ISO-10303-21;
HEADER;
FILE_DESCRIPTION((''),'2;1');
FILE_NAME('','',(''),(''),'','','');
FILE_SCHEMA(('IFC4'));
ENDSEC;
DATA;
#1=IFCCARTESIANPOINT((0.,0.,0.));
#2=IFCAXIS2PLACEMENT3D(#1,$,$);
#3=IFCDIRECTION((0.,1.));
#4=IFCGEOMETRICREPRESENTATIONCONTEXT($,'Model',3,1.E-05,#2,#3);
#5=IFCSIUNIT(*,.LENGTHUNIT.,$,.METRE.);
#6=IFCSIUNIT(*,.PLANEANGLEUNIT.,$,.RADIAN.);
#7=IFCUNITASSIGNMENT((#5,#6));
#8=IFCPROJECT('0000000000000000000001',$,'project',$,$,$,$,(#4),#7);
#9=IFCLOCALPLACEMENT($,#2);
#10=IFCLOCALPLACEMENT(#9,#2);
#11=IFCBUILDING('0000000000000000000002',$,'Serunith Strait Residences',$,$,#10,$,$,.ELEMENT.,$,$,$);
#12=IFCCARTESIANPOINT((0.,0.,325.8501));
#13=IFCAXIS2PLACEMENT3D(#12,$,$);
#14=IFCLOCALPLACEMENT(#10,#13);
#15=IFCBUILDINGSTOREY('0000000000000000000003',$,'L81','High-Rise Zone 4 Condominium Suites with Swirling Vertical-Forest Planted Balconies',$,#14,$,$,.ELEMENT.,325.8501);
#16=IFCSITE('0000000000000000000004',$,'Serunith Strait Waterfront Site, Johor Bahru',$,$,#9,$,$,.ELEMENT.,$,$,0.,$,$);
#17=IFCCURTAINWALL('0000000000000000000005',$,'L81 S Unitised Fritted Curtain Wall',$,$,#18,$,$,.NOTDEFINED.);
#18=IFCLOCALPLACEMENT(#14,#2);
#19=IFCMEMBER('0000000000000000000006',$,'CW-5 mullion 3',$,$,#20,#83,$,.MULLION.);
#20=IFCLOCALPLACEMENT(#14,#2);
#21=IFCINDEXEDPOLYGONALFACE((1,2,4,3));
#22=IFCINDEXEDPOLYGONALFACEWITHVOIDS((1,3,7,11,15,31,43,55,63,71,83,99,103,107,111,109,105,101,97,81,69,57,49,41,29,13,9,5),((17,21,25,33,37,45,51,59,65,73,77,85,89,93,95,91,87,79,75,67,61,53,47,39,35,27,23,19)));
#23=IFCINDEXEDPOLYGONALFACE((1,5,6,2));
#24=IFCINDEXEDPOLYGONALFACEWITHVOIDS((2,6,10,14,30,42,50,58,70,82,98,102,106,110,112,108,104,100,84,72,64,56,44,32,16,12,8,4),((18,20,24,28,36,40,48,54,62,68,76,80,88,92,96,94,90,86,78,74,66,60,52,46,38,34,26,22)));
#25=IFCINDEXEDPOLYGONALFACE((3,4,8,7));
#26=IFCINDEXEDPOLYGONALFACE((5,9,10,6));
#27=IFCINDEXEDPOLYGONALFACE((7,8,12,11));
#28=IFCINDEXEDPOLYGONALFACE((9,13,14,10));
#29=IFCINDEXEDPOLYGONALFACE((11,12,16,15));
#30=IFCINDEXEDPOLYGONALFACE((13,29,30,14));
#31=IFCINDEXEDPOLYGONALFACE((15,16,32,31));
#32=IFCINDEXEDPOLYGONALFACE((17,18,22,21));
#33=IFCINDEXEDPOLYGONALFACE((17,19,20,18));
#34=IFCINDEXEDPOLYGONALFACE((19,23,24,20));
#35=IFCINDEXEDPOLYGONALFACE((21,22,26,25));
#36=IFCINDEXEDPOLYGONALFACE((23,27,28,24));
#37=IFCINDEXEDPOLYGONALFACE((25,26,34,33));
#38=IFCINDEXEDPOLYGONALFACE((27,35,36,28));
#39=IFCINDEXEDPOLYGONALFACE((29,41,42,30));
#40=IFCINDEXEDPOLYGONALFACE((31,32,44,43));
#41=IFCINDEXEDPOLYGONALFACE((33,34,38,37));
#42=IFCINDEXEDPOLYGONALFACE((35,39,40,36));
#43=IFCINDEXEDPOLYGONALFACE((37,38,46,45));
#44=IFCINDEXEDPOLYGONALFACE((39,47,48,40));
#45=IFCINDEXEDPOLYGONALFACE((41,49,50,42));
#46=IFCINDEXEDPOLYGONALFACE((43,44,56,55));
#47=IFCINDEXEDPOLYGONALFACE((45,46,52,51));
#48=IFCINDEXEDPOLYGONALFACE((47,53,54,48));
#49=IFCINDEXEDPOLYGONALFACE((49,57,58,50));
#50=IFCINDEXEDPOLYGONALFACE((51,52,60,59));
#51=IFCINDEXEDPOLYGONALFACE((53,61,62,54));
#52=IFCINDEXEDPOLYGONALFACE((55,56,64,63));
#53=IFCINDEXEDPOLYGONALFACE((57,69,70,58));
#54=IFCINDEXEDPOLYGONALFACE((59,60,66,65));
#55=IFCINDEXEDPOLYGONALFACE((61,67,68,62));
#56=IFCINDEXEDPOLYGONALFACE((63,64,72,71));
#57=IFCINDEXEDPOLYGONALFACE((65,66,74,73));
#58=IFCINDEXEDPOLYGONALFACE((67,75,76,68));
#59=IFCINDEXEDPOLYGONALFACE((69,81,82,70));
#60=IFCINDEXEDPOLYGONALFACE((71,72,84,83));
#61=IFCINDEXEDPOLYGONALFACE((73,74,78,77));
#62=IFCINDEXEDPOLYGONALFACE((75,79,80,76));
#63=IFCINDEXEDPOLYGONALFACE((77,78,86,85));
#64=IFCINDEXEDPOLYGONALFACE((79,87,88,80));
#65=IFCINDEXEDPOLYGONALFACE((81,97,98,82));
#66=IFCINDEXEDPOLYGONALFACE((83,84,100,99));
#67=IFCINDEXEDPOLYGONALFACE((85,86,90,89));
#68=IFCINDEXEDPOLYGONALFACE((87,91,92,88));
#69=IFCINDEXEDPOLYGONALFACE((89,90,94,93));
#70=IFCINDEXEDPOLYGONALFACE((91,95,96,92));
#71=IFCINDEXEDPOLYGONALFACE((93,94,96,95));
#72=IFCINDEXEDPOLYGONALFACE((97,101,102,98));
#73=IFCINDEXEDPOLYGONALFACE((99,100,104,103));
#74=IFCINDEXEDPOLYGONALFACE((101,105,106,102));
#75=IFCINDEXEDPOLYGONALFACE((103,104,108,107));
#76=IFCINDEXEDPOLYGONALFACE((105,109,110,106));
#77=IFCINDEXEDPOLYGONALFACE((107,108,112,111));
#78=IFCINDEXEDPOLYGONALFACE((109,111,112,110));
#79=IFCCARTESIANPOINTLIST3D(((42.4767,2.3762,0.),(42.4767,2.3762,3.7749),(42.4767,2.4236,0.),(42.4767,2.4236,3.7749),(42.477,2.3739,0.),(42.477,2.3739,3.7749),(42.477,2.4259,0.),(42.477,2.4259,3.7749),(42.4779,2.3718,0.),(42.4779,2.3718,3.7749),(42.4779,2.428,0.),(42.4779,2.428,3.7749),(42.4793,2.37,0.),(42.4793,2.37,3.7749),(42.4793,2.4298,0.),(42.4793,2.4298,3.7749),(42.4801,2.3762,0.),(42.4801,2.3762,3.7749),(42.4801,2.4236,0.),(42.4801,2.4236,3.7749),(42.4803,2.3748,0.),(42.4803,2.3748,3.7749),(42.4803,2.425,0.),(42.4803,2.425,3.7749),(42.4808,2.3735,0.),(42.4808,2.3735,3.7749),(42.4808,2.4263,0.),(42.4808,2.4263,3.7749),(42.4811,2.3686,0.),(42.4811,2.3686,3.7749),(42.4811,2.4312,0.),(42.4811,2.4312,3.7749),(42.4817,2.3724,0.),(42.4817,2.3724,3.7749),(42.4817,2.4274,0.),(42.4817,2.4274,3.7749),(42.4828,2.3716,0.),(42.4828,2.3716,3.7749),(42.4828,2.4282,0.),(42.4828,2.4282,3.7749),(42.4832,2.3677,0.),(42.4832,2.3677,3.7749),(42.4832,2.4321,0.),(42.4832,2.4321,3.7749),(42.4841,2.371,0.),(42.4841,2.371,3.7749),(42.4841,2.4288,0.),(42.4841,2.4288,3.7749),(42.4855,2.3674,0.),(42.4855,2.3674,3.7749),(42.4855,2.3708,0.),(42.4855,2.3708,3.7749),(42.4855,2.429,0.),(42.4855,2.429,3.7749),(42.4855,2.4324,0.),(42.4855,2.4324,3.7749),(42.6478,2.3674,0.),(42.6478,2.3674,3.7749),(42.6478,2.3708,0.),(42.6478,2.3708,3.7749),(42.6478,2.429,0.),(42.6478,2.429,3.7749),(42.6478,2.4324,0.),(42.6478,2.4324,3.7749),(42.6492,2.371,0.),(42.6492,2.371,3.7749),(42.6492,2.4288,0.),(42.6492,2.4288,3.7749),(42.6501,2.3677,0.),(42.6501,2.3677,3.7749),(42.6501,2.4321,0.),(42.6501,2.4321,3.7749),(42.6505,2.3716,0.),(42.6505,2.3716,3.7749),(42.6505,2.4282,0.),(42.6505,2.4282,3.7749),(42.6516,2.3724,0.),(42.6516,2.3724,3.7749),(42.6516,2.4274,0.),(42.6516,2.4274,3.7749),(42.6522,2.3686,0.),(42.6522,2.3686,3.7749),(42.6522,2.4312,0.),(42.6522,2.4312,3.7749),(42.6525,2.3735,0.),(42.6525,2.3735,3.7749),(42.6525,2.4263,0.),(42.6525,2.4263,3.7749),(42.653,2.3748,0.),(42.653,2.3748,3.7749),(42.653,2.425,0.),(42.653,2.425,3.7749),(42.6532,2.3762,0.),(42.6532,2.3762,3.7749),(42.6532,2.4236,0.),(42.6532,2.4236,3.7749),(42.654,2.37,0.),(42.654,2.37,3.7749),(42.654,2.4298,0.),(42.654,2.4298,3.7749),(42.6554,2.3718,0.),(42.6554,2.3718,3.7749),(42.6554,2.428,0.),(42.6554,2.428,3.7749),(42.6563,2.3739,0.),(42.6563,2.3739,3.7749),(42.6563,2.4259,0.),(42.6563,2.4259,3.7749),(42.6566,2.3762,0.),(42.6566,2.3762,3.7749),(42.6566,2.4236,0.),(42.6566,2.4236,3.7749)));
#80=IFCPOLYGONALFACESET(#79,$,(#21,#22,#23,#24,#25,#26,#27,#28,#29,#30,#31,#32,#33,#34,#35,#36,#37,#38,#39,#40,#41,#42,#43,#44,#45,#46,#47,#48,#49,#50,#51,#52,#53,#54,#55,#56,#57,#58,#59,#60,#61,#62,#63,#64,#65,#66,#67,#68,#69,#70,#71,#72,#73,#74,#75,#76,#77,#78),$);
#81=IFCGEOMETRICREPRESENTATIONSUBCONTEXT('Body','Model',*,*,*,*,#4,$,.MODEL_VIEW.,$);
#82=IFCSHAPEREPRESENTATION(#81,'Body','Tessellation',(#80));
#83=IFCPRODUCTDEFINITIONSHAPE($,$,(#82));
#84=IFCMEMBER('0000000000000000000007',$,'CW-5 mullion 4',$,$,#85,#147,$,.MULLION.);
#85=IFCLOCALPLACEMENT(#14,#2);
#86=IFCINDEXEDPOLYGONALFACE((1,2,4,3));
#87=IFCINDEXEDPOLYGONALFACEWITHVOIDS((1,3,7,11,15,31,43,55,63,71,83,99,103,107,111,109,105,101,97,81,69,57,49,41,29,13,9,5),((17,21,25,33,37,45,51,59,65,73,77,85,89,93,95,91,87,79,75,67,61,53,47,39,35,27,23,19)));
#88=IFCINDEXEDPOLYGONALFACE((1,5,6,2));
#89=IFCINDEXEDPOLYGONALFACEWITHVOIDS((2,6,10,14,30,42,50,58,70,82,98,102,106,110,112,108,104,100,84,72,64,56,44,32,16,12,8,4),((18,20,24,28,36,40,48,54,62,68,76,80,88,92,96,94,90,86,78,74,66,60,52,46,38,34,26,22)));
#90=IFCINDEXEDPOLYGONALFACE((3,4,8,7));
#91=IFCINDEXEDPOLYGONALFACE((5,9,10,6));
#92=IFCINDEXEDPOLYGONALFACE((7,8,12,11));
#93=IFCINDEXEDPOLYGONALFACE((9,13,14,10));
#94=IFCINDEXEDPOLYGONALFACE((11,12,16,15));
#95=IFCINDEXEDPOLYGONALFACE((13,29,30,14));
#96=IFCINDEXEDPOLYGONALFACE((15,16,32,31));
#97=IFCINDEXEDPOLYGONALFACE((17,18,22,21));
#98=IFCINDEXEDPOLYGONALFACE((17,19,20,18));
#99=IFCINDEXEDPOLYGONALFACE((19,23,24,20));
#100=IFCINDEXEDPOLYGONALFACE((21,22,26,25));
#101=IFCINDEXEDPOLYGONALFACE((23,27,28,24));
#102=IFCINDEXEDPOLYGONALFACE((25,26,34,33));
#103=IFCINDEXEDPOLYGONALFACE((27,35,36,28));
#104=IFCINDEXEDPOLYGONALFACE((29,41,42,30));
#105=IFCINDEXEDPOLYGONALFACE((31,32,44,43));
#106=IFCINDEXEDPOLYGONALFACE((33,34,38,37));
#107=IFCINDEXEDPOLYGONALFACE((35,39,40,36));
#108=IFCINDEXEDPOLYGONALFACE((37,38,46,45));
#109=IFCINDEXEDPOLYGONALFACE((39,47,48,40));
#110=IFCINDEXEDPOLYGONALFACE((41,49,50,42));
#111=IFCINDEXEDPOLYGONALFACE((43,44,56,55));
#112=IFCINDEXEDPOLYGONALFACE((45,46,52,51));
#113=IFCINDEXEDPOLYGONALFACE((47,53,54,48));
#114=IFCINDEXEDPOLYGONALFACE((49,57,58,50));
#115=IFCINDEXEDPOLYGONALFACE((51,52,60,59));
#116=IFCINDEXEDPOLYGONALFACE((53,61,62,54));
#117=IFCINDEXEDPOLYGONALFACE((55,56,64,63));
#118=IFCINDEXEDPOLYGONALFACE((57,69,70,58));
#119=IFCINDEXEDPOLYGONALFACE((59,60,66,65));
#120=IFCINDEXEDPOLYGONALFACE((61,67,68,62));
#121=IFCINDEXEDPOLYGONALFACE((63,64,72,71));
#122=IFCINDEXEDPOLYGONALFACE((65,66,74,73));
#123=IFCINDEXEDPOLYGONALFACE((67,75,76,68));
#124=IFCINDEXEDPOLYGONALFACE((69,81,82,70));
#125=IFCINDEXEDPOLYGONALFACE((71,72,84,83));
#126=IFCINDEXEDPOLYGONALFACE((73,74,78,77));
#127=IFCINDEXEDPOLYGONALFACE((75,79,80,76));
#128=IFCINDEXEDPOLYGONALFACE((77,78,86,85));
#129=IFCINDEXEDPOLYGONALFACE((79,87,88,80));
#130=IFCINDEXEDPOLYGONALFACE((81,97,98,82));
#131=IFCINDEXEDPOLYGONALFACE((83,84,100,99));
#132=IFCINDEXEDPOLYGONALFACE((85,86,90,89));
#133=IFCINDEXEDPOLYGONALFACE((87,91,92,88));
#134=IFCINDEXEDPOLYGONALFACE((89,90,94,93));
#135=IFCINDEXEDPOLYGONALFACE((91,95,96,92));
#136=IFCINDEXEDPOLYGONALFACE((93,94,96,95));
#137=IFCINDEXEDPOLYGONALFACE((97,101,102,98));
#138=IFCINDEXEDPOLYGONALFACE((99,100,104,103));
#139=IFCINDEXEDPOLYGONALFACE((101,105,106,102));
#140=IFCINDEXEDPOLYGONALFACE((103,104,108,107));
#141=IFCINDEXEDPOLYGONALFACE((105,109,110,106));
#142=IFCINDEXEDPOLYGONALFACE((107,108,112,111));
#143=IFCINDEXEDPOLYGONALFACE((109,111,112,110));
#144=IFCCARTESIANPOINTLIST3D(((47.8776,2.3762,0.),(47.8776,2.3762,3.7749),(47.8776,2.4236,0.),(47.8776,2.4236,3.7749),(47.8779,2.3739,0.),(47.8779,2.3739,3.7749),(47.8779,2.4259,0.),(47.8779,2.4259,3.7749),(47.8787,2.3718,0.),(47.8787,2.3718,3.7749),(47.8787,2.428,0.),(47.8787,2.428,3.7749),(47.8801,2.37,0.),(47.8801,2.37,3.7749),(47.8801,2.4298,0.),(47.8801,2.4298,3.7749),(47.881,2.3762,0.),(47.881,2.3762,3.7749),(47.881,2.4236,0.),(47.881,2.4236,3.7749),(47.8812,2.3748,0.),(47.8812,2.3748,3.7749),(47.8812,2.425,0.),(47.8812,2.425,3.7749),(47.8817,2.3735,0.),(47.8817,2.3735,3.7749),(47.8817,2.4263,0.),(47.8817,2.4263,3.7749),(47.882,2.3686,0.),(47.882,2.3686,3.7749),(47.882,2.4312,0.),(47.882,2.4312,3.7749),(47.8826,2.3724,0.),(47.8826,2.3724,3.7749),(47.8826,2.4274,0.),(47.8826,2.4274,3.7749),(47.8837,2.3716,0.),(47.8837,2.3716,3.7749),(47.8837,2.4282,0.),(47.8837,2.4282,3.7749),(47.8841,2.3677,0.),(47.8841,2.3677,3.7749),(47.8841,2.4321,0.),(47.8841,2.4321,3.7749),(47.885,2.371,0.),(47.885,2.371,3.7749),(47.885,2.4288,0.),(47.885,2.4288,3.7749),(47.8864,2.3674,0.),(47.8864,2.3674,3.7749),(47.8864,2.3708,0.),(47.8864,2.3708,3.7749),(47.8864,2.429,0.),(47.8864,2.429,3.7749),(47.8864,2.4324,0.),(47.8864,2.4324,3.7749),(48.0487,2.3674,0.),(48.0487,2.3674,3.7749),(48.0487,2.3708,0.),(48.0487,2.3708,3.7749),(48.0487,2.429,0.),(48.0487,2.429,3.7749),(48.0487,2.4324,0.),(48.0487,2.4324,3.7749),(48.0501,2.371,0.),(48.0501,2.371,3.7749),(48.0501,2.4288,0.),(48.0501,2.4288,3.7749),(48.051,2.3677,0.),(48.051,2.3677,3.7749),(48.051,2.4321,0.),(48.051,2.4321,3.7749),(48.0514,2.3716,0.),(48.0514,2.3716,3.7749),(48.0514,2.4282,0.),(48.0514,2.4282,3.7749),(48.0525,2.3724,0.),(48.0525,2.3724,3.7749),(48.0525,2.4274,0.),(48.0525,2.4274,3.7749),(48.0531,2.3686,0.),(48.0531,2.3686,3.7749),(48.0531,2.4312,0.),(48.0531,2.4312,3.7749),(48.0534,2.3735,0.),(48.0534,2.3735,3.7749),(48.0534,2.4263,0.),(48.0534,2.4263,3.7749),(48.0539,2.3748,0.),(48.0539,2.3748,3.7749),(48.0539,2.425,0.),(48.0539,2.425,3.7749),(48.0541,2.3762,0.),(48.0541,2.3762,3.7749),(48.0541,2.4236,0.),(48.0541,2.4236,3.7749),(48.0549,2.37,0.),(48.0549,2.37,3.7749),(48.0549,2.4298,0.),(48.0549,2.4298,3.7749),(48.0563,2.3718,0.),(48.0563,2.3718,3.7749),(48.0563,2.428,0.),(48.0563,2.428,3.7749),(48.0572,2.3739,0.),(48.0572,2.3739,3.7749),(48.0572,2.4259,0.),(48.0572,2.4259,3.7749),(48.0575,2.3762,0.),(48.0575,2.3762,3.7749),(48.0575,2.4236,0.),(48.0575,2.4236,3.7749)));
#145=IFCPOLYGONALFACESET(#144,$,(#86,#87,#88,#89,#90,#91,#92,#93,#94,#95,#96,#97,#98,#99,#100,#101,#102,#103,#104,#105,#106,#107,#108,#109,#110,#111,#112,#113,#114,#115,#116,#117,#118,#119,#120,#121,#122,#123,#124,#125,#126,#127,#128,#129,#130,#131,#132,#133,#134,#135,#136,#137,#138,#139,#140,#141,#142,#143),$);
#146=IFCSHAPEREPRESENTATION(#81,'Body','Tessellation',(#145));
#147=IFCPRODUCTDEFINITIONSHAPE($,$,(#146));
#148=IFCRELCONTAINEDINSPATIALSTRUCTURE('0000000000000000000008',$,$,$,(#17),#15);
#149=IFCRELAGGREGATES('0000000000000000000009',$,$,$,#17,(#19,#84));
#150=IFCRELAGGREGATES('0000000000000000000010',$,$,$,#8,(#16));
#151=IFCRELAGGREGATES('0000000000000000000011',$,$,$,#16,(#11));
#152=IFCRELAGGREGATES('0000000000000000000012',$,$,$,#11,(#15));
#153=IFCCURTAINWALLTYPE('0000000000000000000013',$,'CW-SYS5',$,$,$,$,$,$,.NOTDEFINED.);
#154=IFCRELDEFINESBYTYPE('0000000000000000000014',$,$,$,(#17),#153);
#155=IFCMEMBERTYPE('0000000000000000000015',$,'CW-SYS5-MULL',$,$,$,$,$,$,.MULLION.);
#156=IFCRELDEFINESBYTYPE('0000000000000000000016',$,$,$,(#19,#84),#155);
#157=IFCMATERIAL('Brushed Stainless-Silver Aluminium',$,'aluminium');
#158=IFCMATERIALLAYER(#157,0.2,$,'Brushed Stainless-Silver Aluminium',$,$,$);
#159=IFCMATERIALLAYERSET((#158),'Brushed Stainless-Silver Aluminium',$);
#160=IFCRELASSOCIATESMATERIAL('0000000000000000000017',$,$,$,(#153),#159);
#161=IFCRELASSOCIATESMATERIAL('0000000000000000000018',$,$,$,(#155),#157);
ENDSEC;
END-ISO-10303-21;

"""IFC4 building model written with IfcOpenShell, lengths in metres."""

from ifc_helpers import new_model, si_unit, direction, frame, origin, origin_2d, place, context, subcontext, project, spatial, hollow_rectangle, extrude, source, transform, mapped, material, layer, layer_set, material_profile, profile_set, type_object, element, aggregate, save


model = new_model("IFC4")

# Units and contexts
model_context = context("Model", 3, precision=1e-05, world=origin(), true_north=direction((0.0, 1.0)))
body_context = subcontext(model_context, "Body", "Model", "MODEL_VIEW")
ifc_project = project(units=[si_unit("LENGTHUNIT", "METRE"), si_unit("PLANEANGLEUNIT", "RADIAN")], contexts=[model_context])

# Site, building, storey
site_placement = place(None, origin())
site = spatial("IfcSite", under=ifc_project, at=site_placement, Name="Serunith Strait Waterfront Site, Johor Bahru", CompositionType="ELEMENT", RefElevation=0.0)
building_placement = place(site_placement, origin())
building = spatial("IfcBuilding", under=site, at=building_placement, Name="Serunith Strait Residences", CompositionType="ELEMENT")
storey_placement = place(building_placement, frame((0.0, 0.0, 325.8501)))
storey = spatial("IfcBuildingStorey", under=building, at=storey_placement, Name="L81", Description="High-Rise Zone 4 Condominium Suites with Swirling Vertical-Forest Planted Balconies", CompositionType="ELEMENT", Elevation=325.8501)

# Curtain wall, members
ifc_material_1 = material(Name="Brushed Stainless-Silver Aluminium", Category="aluminium")
ifc_layer_1 = layer(ifc_material_1, 0.2, Name="Brushed Stainless-Silver Aluminium")
ifc_layer_set_1 = layer_set([ifc_layer_1], Name="Brushed Stainless-Silver Aluminium")
curtain_wall_type = type_object("IfcCurtainWallType", Name="CW-SYS5", PredefinedType="NOTDEFINED", material=ifc_layer_set_1)
curtain_wall_1_placement = place(storey_placement, origin())
curtain_wall_1 = element("IfcCurtainWall", 1, at=curtain_wall_1_placement, inside=storey, type_object=curtain_wall_type, Name="L81 S Unitised Fritted Curtain Wall", PredefinedType="NOTDEFINED")
ifc_material_profile_1 = material_profile(ifc_material_1, hollow_rectangle(XDim=0.0649, YDim=0.1799, WallThickness=0.0034, InnerFilletRadius=0.0054, OuterFilletRadius=0.0088, at=origin_2d()), Name="ALU 180x65x3.5")
ifc_profile_set_1 = profile_set([ifc_material_profile_1], Name="Brushed Stainless-Silver Aluminium")
member_type_1 = type_object("IfcMemberType", Name="CW-SYS5-MULL", PredefinedType="MULLION", material=ifc_profile_set_1)
shared_shape_1 = source(origin(), body_context, "Body", "SweptSolid", [
    extrude(hollow_rectangle(XDim=0.0649, YDim=0.1799, WallThickness=0.0034, InnerFilletRadius=0.0054, OuterFilletRadius=0.0088, at=origin_2d()), origin(), (0.0, 0.0, 1.0), 3.7749),
])
member_1_placement = place(storey_placement, frame((42.5667, 2.3999, 0.0), z_axis=(0.0, 0.0, 1.0), x_axis=(0.0, 1.0, 0.0)))
member_1 = element("IfcMember", 2, at=member_1_placement, type_object=member_type_1, Name="CW-5 mullion 3", PredefinedType="MULLION", context=body_context, shape_type="MappedRepresentation", body=[
    mapped(shared_shape_1, transform((0.0, 0.0, 0.0), scale=1.0)),
])
member_2_placement = place(storey_placement, frame((47.9675, 2.3999, 0.0), z_axis=(0.0, 0.0, 1.0), x_axis=(0.0, 1.0, 0.0)))
member_2 = element("IfcMember", 3, at=member_2_placement, type_object=member_type_1, Name="CW-5 mullion 4", PredefinedType="MULLION", context=body_context, shape_type="MappedRepresentation", body=[
    mapped(shared_shape_1, transform((0.0, 0.0, 0.0), scale=1.0)),
])

aggregate(curtain_wall_1, [member_1, member_2])

save(model, "model.ifc")
